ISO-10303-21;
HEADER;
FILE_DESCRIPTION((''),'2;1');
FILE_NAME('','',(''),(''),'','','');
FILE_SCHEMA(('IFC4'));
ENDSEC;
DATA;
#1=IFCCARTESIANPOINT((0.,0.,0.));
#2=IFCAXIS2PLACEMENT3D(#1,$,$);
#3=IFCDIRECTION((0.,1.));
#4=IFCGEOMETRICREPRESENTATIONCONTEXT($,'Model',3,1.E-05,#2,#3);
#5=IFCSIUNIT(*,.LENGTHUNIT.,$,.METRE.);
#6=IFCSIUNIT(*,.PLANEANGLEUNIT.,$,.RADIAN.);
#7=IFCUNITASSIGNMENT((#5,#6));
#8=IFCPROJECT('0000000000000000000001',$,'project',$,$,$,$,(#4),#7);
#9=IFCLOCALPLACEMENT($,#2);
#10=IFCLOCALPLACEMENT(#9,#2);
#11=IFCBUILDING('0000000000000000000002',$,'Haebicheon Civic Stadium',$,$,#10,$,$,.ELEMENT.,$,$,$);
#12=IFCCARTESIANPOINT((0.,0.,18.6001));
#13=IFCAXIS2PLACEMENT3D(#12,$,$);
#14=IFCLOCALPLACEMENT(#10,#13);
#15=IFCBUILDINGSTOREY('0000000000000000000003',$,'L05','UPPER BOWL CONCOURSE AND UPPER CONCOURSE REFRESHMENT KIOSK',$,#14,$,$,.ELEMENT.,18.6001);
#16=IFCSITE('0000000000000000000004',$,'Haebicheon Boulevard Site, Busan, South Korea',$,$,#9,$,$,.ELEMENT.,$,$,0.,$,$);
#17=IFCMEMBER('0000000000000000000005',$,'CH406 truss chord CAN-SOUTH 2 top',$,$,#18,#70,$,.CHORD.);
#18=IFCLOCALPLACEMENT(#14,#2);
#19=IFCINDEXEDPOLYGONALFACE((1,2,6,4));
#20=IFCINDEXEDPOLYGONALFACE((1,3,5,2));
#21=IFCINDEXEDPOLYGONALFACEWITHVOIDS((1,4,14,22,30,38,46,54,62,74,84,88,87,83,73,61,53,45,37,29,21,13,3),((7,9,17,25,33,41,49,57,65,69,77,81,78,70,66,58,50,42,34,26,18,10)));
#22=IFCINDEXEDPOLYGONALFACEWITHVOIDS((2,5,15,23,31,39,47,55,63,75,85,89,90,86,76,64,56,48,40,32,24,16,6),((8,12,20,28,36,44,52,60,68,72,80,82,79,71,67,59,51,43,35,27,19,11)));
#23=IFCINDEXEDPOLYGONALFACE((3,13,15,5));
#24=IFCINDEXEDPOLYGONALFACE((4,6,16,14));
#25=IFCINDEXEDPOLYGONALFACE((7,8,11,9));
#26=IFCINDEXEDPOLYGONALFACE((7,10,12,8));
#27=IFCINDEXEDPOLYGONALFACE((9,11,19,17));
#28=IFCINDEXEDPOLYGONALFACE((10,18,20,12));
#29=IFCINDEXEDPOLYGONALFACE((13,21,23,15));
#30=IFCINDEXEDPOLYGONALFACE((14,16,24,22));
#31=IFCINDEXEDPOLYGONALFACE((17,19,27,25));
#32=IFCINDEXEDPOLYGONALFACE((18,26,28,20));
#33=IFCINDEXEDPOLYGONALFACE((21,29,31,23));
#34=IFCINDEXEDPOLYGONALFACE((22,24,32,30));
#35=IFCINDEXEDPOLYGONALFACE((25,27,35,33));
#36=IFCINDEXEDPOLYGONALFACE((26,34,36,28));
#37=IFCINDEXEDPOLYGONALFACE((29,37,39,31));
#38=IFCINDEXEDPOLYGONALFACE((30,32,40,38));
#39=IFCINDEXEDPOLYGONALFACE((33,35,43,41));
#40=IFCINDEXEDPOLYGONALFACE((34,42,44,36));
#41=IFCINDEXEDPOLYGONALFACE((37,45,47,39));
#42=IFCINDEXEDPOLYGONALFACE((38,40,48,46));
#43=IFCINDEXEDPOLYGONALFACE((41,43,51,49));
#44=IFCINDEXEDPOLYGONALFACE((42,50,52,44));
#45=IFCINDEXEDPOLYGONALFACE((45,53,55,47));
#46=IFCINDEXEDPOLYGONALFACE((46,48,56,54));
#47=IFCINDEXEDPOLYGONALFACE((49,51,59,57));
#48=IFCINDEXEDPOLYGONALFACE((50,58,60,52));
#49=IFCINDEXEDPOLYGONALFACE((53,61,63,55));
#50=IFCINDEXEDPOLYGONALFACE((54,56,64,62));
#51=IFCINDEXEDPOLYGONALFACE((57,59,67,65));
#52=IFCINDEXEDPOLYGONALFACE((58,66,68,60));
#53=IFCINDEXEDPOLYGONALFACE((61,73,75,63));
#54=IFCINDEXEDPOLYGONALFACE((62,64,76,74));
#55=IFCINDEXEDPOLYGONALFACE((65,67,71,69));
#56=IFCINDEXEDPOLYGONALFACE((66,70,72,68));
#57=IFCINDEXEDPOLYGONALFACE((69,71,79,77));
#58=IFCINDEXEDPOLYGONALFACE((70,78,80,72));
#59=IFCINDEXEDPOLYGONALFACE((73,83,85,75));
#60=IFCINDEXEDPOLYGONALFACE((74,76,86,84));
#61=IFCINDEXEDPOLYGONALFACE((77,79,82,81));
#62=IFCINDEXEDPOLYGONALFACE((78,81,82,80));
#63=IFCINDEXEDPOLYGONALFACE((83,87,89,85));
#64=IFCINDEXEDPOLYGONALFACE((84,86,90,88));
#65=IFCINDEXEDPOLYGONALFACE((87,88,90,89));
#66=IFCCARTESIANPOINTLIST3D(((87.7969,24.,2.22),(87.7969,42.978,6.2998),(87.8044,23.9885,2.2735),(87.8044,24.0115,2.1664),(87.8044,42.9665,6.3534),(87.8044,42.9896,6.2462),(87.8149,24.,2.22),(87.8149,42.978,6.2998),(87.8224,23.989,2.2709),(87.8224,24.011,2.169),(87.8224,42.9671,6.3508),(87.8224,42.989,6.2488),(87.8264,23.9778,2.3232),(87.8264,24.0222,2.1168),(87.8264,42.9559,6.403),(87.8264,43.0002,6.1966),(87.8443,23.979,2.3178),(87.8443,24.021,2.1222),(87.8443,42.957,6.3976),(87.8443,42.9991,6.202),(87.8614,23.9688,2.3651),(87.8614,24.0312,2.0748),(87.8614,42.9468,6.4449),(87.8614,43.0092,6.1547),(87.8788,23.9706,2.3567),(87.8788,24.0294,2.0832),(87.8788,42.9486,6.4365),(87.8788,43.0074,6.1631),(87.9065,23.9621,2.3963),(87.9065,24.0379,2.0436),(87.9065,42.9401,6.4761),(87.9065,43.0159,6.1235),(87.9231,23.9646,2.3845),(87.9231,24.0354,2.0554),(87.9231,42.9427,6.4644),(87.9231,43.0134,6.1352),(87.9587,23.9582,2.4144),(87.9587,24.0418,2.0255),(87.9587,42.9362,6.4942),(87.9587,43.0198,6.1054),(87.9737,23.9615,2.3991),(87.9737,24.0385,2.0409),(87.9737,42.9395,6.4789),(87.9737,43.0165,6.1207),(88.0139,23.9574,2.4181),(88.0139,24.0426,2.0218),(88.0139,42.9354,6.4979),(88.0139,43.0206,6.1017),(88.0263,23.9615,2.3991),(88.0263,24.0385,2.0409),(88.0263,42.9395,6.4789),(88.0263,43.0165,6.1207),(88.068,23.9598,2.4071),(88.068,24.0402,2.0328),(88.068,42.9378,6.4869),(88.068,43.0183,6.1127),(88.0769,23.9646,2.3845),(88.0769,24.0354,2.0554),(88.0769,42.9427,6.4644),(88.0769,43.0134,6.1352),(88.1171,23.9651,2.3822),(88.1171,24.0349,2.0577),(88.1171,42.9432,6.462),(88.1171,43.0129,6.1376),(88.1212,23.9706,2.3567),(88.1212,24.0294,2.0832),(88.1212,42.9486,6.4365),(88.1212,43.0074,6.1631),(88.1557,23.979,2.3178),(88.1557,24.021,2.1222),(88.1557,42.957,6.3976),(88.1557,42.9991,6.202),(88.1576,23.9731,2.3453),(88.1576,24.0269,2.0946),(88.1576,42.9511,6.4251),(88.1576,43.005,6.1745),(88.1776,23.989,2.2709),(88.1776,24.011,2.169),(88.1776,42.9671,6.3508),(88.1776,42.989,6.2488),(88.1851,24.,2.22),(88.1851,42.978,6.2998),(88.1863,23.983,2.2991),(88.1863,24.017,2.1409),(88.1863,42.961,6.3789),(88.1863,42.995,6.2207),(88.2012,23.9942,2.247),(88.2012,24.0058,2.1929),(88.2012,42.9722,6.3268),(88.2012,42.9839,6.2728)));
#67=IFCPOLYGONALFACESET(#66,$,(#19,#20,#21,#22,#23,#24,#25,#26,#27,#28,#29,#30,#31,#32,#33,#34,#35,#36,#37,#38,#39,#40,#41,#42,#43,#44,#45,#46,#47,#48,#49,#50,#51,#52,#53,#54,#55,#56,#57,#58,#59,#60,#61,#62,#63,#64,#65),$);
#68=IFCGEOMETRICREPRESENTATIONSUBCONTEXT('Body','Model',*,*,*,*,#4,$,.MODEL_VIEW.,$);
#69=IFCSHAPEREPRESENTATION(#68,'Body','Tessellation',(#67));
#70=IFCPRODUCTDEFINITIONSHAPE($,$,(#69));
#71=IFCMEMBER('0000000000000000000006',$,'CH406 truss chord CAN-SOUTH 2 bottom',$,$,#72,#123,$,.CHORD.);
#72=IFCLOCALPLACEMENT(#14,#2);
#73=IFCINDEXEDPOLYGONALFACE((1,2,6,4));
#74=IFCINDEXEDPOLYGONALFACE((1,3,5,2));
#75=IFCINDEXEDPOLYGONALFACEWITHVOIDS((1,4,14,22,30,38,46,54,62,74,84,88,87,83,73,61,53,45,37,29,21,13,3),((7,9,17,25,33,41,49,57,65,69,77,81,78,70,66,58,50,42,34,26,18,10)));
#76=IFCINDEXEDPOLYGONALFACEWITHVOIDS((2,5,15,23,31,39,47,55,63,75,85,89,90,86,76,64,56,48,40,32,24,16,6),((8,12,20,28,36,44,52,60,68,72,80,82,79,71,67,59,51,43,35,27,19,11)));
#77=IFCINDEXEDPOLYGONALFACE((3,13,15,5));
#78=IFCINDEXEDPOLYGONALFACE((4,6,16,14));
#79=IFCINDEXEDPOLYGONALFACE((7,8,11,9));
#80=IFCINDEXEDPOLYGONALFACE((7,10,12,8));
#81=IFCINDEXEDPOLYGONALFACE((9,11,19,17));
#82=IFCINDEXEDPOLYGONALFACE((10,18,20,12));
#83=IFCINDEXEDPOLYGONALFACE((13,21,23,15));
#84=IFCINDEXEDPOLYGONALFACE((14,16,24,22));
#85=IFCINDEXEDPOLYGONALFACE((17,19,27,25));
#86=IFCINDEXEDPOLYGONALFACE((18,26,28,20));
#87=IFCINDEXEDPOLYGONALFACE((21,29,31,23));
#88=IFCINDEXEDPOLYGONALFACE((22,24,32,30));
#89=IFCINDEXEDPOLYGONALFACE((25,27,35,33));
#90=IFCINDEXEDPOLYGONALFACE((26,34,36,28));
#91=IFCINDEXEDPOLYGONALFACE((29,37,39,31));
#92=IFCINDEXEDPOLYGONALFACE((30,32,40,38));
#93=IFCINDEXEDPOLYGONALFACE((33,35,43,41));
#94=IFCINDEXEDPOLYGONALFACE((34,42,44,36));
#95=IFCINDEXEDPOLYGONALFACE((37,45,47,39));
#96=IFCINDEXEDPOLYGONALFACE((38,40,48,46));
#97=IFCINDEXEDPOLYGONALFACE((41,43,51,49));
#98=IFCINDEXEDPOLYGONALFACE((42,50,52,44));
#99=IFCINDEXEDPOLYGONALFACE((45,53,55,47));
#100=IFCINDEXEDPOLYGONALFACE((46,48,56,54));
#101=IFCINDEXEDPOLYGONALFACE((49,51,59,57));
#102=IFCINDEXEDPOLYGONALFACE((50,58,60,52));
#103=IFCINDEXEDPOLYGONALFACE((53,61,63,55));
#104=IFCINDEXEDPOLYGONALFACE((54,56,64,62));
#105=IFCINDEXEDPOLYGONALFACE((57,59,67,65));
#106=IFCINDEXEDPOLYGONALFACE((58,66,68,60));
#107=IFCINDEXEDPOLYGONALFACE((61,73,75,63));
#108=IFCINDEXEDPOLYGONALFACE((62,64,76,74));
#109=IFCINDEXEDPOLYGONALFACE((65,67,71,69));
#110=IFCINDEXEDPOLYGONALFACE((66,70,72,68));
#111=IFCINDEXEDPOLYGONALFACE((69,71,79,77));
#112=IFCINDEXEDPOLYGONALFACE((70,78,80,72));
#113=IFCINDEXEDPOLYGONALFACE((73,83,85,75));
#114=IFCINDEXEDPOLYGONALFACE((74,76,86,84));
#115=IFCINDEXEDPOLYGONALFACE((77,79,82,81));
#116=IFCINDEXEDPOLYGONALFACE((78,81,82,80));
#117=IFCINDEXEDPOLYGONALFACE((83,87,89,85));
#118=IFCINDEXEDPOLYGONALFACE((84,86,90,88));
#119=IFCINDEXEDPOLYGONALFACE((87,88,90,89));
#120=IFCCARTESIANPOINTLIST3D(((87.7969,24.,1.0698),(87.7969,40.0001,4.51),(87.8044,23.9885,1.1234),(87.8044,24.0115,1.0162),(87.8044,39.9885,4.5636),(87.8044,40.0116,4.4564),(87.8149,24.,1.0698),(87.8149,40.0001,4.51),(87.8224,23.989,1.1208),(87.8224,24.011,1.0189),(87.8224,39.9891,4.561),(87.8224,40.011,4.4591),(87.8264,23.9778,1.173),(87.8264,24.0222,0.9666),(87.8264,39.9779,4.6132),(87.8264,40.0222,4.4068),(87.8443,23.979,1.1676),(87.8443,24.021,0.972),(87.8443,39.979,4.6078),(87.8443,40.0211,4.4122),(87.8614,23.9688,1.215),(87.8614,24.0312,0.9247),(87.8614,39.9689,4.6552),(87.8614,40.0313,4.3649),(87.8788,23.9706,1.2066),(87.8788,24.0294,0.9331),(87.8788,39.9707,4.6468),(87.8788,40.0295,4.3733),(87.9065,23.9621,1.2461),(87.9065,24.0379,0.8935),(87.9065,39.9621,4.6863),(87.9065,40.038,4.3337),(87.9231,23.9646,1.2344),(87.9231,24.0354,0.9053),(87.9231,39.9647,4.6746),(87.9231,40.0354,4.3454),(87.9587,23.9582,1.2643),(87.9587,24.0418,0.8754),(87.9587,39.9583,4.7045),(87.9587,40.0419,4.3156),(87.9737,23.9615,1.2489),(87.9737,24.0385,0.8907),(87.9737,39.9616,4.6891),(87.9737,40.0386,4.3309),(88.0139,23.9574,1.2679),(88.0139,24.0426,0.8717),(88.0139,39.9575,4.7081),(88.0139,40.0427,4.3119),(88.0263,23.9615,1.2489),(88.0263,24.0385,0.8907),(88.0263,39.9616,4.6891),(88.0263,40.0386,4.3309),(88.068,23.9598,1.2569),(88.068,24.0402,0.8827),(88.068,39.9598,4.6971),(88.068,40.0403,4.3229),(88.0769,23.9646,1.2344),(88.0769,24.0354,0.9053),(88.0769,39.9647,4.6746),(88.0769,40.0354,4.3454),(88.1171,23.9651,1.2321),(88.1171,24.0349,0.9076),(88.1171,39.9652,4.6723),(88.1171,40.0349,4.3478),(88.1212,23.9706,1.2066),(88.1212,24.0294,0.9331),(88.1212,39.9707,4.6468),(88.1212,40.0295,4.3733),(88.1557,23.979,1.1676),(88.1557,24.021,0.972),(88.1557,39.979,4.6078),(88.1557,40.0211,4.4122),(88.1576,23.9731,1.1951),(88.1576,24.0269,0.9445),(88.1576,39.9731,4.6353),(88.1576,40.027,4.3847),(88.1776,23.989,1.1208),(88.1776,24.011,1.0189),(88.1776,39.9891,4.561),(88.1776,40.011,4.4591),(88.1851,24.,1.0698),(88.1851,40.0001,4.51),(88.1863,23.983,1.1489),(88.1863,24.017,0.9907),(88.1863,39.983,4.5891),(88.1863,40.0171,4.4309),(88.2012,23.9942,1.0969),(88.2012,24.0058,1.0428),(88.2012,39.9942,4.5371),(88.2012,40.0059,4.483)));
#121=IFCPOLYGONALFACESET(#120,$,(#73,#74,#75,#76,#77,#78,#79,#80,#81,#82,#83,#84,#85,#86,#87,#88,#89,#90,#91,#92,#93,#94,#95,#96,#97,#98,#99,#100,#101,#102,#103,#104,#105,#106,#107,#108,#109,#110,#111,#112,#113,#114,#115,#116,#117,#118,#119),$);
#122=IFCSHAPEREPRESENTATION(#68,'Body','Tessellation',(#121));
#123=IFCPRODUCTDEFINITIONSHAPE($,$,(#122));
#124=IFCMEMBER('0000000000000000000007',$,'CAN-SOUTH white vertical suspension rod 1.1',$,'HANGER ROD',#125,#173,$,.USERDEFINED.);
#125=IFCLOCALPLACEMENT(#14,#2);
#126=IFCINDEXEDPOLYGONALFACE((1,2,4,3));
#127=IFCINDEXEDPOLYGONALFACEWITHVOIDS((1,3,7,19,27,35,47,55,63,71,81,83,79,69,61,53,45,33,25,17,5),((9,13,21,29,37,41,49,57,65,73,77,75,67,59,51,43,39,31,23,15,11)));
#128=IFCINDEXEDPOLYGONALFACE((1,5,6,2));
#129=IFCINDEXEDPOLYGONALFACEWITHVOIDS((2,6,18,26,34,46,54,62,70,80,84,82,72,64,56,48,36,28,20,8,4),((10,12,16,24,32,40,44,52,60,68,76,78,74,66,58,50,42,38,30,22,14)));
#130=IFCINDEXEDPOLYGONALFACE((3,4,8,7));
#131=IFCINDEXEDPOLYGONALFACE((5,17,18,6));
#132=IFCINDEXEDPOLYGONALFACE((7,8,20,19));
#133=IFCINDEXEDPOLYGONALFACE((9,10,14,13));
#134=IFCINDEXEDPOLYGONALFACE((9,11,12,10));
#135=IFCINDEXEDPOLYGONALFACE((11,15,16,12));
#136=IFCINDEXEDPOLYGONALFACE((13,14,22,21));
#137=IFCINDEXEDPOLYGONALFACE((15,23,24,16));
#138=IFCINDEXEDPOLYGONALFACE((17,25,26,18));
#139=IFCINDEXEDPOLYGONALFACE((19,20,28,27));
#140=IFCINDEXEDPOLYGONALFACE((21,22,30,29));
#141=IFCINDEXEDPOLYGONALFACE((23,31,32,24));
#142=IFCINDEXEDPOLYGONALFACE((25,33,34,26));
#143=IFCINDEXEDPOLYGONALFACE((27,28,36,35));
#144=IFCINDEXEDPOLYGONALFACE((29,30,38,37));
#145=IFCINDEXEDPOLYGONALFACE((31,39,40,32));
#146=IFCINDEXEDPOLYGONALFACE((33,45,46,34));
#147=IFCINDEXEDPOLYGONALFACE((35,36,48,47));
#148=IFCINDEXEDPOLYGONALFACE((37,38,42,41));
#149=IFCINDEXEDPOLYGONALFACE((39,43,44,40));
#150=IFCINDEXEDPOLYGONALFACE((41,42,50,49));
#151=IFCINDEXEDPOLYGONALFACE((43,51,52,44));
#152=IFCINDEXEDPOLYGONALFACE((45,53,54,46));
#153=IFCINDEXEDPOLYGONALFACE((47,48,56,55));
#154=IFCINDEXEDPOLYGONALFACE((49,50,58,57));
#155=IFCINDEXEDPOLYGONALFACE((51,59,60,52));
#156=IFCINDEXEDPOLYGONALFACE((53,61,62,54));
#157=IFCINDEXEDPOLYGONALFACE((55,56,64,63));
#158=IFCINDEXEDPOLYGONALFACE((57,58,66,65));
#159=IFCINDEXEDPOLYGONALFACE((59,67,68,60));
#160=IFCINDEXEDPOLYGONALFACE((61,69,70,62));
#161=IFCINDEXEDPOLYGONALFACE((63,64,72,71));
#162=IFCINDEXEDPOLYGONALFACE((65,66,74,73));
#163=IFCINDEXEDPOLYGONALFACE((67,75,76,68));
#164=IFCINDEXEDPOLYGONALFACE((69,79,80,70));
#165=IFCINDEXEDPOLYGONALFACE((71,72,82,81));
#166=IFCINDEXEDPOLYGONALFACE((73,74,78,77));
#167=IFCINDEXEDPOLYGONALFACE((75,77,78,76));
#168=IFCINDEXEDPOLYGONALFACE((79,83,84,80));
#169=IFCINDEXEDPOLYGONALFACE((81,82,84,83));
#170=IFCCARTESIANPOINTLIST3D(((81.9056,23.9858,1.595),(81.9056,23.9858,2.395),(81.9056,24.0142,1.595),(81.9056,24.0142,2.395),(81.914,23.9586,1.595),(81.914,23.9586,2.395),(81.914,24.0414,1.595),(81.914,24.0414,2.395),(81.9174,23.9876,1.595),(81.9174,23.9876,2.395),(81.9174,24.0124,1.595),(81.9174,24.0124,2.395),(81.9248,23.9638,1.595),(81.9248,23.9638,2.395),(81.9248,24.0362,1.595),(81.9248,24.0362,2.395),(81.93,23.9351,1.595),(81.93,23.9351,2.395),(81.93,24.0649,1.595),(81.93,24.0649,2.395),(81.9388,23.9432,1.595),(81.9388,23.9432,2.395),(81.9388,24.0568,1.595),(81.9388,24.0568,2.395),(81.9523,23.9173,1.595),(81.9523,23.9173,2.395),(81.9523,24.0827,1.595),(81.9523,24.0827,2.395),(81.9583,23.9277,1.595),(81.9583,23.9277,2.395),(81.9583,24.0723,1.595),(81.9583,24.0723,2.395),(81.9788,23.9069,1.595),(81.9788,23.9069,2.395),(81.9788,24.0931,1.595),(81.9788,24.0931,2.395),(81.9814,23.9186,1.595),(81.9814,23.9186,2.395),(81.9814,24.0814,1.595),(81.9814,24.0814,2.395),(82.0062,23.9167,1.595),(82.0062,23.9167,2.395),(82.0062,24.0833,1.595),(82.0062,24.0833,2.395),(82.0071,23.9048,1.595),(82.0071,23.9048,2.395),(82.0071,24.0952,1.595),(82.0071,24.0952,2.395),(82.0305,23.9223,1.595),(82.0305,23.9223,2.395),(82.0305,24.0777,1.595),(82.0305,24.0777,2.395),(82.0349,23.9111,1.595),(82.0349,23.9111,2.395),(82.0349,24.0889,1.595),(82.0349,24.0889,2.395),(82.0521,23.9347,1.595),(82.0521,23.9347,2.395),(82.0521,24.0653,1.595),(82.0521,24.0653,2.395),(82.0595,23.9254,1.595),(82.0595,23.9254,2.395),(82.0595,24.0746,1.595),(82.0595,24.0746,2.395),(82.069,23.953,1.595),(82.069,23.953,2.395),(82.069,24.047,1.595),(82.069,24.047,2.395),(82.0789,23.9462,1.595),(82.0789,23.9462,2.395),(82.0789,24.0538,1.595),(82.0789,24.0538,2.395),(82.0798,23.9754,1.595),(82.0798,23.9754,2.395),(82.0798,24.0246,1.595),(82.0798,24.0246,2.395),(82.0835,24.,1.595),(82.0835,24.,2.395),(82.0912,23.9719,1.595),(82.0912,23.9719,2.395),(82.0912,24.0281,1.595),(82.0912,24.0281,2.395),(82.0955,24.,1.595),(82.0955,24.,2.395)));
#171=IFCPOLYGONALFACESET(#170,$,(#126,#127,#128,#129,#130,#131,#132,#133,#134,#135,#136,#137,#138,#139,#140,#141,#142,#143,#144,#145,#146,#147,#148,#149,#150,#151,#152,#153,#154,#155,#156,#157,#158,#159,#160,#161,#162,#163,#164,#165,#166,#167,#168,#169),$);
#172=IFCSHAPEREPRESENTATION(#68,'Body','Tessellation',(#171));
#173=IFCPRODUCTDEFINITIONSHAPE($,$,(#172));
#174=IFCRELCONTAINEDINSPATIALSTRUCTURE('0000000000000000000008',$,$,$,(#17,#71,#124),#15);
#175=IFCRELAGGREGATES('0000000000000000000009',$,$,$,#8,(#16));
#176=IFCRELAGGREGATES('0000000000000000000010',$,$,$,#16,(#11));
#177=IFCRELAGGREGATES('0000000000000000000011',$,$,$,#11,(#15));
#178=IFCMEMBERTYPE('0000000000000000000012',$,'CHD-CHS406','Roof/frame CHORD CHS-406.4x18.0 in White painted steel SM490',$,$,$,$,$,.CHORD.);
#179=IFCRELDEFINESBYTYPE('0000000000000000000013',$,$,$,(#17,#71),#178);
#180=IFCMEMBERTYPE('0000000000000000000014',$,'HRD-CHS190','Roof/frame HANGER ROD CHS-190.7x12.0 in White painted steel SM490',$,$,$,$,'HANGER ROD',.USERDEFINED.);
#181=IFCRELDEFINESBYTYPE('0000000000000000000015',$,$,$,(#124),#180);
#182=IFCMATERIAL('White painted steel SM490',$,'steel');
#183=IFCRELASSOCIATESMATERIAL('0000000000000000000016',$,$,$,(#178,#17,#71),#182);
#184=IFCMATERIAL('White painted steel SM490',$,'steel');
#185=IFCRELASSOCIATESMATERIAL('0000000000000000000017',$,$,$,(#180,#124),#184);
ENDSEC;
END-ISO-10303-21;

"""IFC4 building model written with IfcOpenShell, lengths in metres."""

from ifc_helpers import new_model, si_unit, direction, frame, origin, origin_2d, place, context, subcontext, project, spatial, hollow_circle, extrude, material, material_profile, profile_set, type_object, element, save


model = new_model("IFC4")

# Units and contexts
model_context = context("Model", 3, precision=1e-05, world=origin(), true_north=direction((0.0, 1.0)))
body_context = subcontext(model_context, "Body", "Model", "MODEL_VIEW")
ifc_project = project(units=[si_unit("LENGTHUNIT", "METRE"), si_unit("PLANEANGLEUNIT", "RADIAN")], contexts=[model_context])

# Site, building, storey
site_placement = place(None, origin())
site = spatial("IfcSite", under=ifc_project, at=site_placement, Name="Haebicheon Boulevard Site, Busan, South Korea", CompositionType="ELEMENT", RefElevation=0.0)
building_placement = place(site_placement, origin())
building = spatial("IfcBuilding", under=site, at=building_placement, Name="Haebicheon Civic Stadium", CompositionType="ELEMENT")
storey_placement = place(building_placement, frame((0.0, 0.0, 18.6001)))
storey = spatial("IfcBuildingStorey", under=building, at=storey_placement, Name="L05", Description="UPPER BOWL CONCOURSE AND UPPER CONCOURSE REFRESHMENT KIOSK", CompositionType="ELEMENT", Elevation=18.6001)

# Members
ifc_material_1 = material(Name="White painted steel SM490", Category="steel")
ifc_material_profile_1 = material_profile(ifc_material_1, hollow_circle(Radius=0.2031, WallThickness=0.0181, at=origin_2d()), Name="CHS-406.4x18.0")
ifc_profile_set_1 = profile_set([ifc_material_profile_1], Name="White painted steel SM490")
member_type_1 = type_object("IfcMemberType", Name="CHD-CHS406", Description="Roof/frame CHORD CHS-406.4x18.0 in White painted steel SM490", PredefinedType="CHORD", material=ifc_profile_set_1)
member_1_placement = place(storey_placement, frame((88.0, 24.0, 2.22), z_axis=(0.0, 0.977664, 0.210175), x_axis=(-1.0, 0.0, 0.0)))
element("IfcMember", 1, at=member_1_placement, inside=storey, type_object=member_type_1, material=ifc_profile_set_1, Name="CH406 truss chord CAN-SOUTH 2 top", PredefinedType="CHORD", context=body_context, shape_type="SweptSolid", body=[
    extrude(hollow_circle(Radius=0.2031, WallThickness=0.0181, at=origin_2d()), origin(), (0.0, 0.0, 1.0), 19.4116),
])
member_2_placement = place(storey_placement, frame((88.0, 24.0, 1.0698), z_axis=(0.0, 0.977657, 0.210208), x_axis=(-1.0, 0.0, 0.0)))
element("IfcMember", 2, at=member_2_placement, inside=storey, type_object=member_type_1, material=ifc_profile_set_1, Name="CH406 truss chord CAN-SOUTH 2 bottom", PredefinedType="CHORD", context=body_context, shape_type="SweptSolid", body=[
    extrude(hollow_circle(Radius=0.2031, WallThickness=0.0181, at=origin_2d()), origin(), (0.0, 0.0, 1.0), 16.3657),
])
ifc_material_2 = material(Name="White painted steel SM490", Category="steel")
ifc_material_profile_2 = material_profile(ifc_material_2, hollow_circle(Radius=0.0955, WallThickness=0.012, at=origin_2d()), Name="CHS-190.7x12.0")
ifc_profile_set_2 = profile_set([ifc_material_profile_2], Name="White painted steel SM490")
member_type_2 = type_object("IfcMemberType", Name="HRD-CHS190", Description="Roof/frame HANGER ROD CHS-190.7x12.0 in White painted steel SM490", ElementType="HANGER ROD", PredefinedType="USERDEFINED", material=ifc_profile_set_2)
for number, where, z_axis, x_axis, name in (
    (3, (82.0, 24.0, 1.595), (0.0, 0.0, 1.0), (1.0, 0.0, 0.0), "CAN-SOUTH white vertical suspension rod 1.1"),
):
    element("IfcMember", number, at=place(storey_placement, frame(where, z_axis=z_axis, x_axis=x_axis)), inside=storey, type_object=member_type_2, material=ifc_profile_set_2, Name=name, ObjectType="HANGER ROD", PredefinedType="USERDEFINED", context=body_context, shape_type="SweptSolid", body=[
        extrude(hollow_circle(Radius=0.0955, WallThickness=0.012, at=origin_2d()), origin(), (0.0, 0.0, 1.0), 0.8),
    ])

save(model, "model.ifc")
